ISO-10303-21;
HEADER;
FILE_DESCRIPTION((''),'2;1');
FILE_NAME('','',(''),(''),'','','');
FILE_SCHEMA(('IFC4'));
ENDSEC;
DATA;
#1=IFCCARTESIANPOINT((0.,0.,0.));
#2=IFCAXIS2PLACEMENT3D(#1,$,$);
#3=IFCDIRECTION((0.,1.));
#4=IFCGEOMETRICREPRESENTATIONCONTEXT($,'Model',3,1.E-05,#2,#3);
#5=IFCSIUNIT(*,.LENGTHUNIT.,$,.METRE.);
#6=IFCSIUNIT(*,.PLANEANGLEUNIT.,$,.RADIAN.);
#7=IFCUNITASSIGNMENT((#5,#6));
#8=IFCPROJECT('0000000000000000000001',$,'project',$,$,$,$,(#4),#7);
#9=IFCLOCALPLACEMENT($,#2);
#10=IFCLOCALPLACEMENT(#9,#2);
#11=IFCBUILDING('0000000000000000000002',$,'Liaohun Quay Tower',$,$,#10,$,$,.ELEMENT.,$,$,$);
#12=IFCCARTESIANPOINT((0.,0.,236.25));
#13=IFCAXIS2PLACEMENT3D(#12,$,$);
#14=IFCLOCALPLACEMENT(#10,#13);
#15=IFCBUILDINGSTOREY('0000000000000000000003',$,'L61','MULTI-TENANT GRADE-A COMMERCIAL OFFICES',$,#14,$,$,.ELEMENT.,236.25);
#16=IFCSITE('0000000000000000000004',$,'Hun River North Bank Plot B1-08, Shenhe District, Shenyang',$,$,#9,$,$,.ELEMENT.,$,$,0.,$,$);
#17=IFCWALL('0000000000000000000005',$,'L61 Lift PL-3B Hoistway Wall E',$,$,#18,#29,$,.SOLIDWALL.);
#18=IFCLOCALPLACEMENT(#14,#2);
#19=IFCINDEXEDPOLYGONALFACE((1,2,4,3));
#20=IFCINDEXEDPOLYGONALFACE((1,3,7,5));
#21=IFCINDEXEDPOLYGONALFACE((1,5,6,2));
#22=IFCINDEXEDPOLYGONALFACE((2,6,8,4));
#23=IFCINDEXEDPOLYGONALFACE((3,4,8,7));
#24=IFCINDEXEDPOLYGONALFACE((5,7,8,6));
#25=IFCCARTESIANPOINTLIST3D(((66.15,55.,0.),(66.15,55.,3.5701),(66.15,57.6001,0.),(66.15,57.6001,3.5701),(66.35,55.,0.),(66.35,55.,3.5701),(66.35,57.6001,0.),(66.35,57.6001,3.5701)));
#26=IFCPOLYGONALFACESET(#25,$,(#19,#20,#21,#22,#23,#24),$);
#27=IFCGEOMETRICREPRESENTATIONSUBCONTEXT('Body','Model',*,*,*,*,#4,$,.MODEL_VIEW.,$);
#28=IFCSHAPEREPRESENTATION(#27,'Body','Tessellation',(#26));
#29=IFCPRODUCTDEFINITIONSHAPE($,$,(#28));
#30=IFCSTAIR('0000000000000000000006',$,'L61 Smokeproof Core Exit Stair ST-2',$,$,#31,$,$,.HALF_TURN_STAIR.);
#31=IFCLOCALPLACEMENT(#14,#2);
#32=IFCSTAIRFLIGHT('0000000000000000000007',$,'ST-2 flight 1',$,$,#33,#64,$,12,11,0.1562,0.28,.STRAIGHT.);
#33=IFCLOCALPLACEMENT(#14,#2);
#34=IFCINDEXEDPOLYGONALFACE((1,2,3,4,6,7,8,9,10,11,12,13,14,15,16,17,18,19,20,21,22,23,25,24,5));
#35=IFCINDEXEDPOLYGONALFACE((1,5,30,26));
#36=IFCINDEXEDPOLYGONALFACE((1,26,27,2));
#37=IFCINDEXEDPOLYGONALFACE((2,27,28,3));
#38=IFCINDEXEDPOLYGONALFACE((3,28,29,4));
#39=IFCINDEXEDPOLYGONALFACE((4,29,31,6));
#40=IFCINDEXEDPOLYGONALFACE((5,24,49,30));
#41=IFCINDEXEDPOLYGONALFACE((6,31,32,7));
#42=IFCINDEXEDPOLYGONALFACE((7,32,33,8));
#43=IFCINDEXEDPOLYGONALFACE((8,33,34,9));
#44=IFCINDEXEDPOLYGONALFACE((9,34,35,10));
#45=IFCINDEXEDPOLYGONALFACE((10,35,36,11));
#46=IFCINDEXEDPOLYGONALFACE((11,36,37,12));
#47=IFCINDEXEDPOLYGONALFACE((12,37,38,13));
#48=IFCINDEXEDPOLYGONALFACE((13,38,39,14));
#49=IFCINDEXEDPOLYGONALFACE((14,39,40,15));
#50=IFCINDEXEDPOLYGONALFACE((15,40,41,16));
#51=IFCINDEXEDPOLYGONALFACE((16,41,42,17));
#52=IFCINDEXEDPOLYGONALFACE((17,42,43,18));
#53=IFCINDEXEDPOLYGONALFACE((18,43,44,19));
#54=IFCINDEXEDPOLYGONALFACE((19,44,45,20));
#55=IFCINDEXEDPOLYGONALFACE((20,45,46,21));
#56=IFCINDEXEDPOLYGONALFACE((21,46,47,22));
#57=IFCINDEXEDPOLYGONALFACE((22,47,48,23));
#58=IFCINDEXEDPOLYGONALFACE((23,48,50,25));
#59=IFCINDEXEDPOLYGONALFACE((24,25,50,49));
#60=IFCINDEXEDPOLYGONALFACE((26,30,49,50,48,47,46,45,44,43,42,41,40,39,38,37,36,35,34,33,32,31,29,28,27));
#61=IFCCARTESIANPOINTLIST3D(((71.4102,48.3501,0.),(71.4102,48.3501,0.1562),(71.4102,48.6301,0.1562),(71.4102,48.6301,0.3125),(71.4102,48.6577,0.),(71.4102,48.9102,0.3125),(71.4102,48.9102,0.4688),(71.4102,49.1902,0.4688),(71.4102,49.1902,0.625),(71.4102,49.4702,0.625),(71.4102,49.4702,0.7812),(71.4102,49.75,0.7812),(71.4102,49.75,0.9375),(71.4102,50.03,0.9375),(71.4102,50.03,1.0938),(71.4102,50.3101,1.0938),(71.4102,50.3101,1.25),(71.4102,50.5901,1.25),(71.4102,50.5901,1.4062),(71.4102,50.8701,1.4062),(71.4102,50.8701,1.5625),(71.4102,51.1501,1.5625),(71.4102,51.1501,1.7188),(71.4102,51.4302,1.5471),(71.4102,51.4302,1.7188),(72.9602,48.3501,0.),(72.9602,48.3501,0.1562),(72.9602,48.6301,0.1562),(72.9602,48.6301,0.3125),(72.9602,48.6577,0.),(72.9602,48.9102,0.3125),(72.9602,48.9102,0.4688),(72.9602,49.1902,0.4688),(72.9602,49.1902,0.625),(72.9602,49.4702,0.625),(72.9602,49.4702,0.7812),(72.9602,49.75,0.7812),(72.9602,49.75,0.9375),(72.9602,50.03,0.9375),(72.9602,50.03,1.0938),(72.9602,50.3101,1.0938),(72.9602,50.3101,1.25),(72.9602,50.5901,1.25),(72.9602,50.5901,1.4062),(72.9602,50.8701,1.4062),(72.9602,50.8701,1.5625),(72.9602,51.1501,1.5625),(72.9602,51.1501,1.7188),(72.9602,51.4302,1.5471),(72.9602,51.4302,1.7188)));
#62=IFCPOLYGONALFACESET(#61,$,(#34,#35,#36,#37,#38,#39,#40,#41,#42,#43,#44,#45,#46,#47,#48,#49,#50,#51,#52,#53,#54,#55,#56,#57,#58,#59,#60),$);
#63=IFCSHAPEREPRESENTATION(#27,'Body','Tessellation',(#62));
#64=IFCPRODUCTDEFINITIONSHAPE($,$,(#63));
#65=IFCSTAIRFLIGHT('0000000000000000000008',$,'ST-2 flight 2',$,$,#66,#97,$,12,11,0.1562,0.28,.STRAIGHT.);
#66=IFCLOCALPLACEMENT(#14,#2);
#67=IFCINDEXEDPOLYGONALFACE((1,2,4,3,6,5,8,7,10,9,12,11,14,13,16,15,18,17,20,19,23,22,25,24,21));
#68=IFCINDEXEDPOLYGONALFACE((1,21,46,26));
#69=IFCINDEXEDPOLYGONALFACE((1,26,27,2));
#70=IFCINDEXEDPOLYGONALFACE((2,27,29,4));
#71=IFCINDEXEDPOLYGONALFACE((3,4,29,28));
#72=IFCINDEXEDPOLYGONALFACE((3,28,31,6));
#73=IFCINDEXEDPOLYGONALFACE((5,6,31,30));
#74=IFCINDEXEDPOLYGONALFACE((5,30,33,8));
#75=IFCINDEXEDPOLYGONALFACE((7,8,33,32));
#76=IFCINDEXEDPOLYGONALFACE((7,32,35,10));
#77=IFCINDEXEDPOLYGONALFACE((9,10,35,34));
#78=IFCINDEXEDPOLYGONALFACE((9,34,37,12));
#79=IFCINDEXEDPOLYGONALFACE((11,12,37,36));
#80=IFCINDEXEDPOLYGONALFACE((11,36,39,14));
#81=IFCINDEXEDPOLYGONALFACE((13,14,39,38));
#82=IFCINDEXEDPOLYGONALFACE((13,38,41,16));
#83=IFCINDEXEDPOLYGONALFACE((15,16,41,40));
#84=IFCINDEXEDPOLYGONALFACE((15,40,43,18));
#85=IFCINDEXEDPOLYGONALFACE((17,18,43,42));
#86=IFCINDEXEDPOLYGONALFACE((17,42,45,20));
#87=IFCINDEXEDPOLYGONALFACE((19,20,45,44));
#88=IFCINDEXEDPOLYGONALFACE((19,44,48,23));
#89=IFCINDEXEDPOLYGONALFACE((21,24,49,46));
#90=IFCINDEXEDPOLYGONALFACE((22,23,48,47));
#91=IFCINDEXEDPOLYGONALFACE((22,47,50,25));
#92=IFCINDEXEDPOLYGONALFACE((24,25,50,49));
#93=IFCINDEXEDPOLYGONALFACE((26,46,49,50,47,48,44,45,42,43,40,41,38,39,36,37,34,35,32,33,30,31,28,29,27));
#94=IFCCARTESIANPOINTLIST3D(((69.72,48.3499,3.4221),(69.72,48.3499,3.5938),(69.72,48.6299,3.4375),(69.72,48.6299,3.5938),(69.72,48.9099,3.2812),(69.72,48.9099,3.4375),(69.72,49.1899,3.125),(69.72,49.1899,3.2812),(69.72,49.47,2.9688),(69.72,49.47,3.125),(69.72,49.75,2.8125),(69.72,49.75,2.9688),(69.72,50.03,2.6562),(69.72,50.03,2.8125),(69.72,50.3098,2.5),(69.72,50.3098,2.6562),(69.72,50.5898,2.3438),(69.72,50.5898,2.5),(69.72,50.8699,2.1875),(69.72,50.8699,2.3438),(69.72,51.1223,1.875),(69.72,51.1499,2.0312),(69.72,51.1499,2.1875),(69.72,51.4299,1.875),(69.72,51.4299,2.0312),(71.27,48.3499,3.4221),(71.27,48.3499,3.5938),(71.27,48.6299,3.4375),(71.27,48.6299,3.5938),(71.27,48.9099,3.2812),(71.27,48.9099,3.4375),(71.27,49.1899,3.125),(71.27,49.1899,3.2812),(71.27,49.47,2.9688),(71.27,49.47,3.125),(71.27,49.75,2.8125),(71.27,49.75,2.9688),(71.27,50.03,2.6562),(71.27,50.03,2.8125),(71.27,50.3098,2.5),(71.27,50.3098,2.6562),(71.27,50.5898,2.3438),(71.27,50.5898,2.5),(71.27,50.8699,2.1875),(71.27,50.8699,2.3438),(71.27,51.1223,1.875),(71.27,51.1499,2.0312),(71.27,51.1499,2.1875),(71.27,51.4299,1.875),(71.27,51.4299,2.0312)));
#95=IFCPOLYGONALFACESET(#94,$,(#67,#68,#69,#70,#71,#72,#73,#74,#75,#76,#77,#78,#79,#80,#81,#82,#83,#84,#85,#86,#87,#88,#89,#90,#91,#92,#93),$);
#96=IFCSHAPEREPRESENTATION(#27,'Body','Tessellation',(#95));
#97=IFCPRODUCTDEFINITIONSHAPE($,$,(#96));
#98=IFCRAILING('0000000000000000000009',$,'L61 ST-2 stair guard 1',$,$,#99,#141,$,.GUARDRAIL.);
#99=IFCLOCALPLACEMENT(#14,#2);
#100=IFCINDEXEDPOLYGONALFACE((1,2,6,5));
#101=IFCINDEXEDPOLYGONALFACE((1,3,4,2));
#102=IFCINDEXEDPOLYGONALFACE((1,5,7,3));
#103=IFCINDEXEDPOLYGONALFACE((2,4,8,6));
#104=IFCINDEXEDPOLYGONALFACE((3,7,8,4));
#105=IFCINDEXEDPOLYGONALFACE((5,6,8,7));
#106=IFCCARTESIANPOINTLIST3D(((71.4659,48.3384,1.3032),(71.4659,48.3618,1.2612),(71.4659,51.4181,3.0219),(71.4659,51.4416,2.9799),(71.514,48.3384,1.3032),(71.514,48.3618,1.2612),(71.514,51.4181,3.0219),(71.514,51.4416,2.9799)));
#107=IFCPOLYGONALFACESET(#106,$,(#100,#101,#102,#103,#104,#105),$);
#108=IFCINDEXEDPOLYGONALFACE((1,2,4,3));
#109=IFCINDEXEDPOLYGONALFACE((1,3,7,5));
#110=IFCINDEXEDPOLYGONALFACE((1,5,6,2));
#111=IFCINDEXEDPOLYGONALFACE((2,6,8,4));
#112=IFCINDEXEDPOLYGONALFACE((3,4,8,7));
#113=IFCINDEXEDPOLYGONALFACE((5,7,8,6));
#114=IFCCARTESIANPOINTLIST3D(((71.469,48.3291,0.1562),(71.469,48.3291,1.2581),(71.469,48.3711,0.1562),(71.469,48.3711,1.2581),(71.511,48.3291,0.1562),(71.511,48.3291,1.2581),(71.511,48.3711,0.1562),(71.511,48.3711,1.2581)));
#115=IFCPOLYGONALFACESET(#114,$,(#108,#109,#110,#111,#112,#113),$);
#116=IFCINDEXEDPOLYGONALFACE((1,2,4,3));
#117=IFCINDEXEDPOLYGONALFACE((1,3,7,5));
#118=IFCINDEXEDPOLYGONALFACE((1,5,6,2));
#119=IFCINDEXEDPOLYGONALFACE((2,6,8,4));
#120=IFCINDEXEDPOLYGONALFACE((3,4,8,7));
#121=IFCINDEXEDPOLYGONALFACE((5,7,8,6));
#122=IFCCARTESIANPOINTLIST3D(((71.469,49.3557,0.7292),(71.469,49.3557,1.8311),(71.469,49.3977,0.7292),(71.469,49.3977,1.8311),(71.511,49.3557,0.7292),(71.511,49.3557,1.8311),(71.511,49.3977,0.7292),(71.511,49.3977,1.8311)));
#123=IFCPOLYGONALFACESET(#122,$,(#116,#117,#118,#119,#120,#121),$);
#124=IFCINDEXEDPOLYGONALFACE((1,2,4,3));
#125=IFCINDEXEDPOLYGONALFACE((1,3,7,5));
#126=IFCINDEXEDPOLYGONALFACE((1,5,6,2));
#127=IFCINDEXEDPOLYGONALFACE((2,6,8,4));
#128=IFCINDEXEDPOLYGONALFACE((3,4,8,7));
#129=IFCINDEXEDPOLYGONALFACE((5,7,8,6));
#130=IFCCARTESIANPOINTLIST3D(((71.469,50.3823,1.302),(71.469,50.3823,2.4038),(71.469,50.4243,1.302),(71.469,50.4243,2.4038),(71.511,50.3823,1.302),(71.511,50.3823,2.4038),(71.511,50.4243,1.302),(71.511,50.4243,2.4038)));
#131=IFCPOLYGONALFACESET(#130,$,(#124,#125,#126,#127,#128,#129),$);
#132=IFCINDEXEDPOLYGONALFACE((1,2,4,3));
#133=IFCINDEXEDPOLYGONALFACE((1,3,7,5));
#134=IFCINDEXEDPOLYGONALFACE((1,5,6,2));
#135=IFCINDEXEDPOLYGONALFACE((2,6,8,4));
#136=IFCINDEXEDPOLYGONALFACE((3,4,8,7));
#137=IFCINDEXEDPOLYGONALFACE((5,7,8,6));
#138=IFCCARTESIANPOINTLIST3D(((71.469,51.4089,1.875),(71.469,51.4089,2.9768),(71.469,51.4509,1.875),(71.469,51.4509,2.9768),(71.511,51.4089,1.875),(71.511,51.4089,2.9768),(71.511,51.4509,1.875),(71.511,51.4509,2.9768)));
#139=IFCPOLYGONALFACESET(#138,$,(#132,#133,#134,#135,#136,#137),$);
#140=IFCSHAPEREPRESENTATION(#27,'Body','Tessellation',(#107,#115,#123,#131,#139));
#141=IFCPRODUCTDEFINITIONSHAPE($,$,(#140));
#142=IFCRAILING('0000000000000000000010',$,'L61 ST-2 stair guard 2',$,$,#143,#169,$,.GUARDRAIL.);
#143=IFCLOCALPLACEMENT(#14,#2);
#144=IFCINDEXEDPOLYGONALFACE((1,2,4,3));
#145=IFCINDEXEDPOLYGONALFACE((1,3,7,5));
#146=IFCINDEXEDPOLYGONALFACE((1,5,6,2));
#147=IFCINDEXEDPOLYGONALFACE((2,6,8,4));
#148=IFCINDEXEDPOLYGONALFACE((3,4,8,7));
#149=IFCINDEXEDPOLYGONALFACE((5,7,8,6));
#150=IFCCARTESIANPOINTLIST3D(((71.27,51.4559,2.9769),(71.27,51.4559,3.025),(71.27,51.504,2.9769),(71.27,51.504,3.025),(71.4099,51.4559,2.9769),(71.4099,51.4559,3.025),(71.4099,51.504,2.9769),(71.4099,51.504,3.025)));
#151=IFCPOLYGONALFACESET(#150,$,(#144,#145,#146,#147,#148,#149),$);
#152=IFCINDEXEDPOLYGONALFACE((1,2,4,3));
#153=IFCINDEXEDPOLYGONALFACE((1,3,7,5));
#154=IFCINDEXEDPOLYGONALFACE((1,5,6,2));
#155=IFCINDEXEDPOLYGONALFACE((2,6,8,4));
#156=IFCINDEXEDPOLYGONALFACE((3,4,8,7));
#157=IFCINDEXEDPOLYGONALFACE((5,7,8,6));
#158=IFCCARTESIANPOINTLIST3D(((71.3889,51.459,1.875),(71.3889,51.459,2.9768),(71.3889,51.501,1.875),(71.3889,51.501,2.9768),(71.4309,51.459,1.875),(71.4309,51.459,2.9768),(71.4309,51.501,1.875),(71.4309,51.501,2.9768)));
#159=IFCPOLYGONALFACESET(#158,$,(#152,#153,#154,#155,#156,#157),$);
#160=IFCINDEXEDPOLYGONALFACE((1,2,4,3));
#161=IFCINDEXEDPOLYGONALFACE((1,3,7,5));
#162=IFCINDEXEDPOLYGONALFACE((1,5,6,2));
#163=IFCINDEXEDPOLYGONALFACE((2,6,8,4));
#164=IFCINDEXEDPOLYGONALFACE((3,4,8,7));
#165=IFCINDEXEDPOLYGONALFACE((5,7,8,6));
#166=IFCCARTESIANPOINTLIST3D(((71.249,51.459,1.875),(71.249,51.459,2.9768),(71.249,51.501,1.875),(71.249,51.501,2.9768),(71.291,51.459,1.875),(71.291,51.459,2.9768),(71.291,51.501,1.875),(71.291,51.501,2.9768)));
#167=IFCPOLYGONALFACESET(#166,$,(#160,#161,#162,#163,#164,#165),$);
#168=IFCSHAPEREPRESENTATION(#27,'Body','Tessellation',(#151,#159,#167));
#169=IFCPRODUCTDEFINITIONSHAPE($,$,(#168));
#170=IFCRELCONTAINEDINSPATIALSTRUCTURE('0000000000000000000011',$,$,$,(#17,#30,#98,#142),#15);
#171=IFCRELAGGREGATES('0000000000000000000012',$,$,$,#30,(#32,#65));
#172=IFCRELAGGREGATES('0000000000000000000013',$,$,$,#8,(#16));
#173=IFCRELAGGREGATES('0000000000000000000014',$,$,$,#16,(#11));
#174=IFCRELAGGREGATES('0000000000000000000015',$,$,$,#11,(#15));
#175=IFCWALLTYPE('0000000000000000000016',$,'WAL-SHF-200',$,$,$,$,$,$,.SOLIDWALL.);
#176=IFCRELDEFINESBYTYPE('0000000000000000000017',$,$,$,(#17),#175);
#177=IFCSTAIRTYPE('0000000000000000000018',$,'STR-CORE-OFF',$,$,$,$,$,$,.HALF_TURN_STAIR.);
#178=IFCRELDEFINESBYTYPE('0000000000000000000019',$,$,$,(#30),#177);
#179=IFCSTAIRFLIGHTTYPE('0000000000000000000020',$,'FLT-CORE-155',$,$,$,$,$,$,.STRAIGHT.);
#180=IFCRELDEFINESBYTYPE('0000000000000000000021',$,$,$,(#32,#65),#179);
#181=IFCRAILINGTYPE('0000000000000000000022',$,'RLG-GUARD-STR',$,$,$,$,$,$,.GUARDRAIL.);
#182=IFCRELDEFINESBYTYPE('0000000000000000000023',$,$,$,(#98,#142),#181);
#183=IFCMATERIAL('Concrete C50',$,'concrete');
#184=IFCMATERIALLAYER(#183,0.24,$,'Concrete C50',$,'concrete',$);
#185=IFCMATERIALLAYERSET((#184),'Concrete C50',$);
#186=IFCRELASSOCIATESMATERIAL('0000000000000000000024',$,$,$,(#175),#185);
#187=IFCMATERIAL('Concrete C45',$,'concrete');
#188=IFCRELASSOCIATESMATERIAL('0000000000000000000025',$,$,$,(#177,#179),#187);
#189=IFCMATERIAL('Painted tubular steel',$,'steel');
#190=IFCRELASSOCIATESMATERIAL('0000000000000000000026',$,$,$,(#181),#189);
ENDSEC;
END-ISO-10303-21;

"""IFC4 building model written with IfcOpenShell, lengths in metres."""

from ifc_helpers import new_model, si_unit, direction, frame, frame_2d, origin, origin_2d, place, context, subcontext, project, spatial, polyline, rectangle, outline, extrude, material, layer, layer_set, type_object, element, aggregate, save


model = new_model("IFC4")

# Units and contexts
model_context = context("Model", 3, precision=1e-05, world=origin(), true_north=direction((0.0, 1.0)))
body_context = subcontext(model_context, "Body", "Model", "MODEL_VIEW")
ifc_project = project(units=[si_unit("LENGTHUNIT", "METRE"), si_unit("PLANEANGLEUNIT", "RADIAN")], contexts=[model_context])

# Site, building, storey
site_placement = place(None, origin())
site = spatial("IfcSite", under=ifc_project, at=site_placement, Name="Hun River North Bank Plot B1-08, Shenhe District, Shenyang", CompositionType="ELEMENT", RefElevation=0.0)
building_placement = place(site_placement, origin())
building = spatial("IfcBuilding", under=site, at=building_placement, Name="Liaohun Quay Tower", CompositionType="ELEMENT")
storey_placement = place(building_placement, frame((0.0, 0.0, 236.25)))
storey = spatial("IfcBuildingStorey", under=building, at=storey_placement, Name="L61", Description="MULTI-TENANT GRADE-A COMMERCIAL OFFICES", CompositionType="ELEMENT", Elevation=236.25)

# Shared definitions
ifc_material_1 = material(Name="Concrete C50", Category="concrete")
ifc_layer_1 = layer(ifc_material_1, 0.24, Name="Concrete C50", Category="concrete")
ifc_layer_set_1 = layer_set([ifc_layer_1], Name="Concrete C50")
wall_type_1 = type_object("IfcWallType", Name="WAL-SHF-200", PredefinedType="SOLIDWALL", material=ifc_layer_set_1)

# Wall
wall_1_placement = place(storey_placement, frame((66.25, 55.0, 0.0), z_axis=(0.0, 0.0, 1.0), x_axis=(0.0, 1.0, 0.0)))
element("IfcWall", 1, at=wall_1_placement, inside=storey, type_object=wall_type_1, Name="L61 Lift PL-3B Hoistway Wall E", PredefinedType="SOLIDWALL", context=body_context, shape_type="SweptSolid", body=[
    extrude(rectangle(XDim=2.6001, YDim=0.2, at=frame_2d((1.3, 0.0))), origin(), (0.0, 0.0, 1.0), 3.5701),
])

# Stair, stair flights
ifc_material_2 = material(Name="Concrete C45", Category="concrete")
stair_type = type_object("IfcStairType", Name="STR-CORE-OFF", PredefinedType="HALF_TURN_STAIR", material=ifc_material_2)
stair_placement = place(storey_placement, origin())
stair = element("IfcStair", 2, at=stair_placement, inside=storey, type_object=stair_type, Name="L61 Smokeproof Core Exit Stair ST-2", PredefinedType="HALF_TURN_STAIR")
stair_flight_type = type_object("IfcStairFlightType", Name="FLT-CORE-155", PredefinedType="STRAIGHT", material=ifc_material_2)
stair_flight_1_placement = place(storey_placement, frame((72.1851, 48.3501, 0.0), z_axis=(0.0, 0.0, 1.0), x_axis=(0.0, 1.0, 0.0)))
stair_flight_1 = element("IfcStairFlight", 3, at=stair_flight_1_placement, type_object=stair_flight_type, Name="ST-2 flight 1", NumberOfRisers=12, NumberOfTreads=11, PredefinedType="STRAIGHT", RiserHeight=0.1562, TreadLength=0.28, context=body_context, shape_type="SweptSolid", body=[
    extrude(outline(polyline([(0.0, 0.0), (0.0, 0.1562), (0.28, 0.1562), (0.28, 0.3125), (0.5601, 0.3125), (0.5601, 0.4688), (0.8401, 0.4688), (0.8401, 0.625), (1.1201, 0.625), (1.1201, 0.7812), (1.3999, 0.7812), (1.3999, 0.9375), (1.6799, 0.9375), (1.6799, 1.0938), (1.96, 1.0938), (1.96, 1.25), (2.24, 1.25), (2.24, 1.4062), (2.52, 1.4062), (2.52, 1.5625), (2.8, 1.5625), (2.8, 1.7188), (3.0801, 1.7188), (3.0801, 1.875), (3.0801, 1.5471), (0.3076, 0.0), (0.0, 0.0)])), frame((0.0, 0.7749, 0.0), z_axis=(0.0, -1.0, 0.0), x_axis=(1.0, 0.0, 0.0)), (0.0, 0.0, 1.0), 1.55),
])
stair_flight_2_placement = place(storey_placement, frame((70.4951, 51.4299, 1.875), z_axis=(0.0, 0.0, 1.0), x_axis=(0.0, -1.0, 0.0)))
stair_flight_2 = element("IfcStairFlight", 4, at=stair_flight_2_placement, type_object=stair_flight_type, Name="ST-2 flight 2", NumberOfRisers=12, NumberOfTreads=11, PredefinedType="STRAIGHT", RiserHeight=0.1562, TreadLength=0.28, context=body_context, shape_type="SweptSolid", body=[
    extrude(outline(polyline([(0.0, 0.0), (0.0, 0.1562), (0.28, 0.1562), (0.28, 0.3125), (0.5601, 0.3125), (0.5601, 0.4688), (0.8401, 0.4688), (0.8401, 0.625), (1.1201, 0.625), (1.1201, 0.7812), (1.3999, 0.7812), (1.3999, 0.9375), (1.6799, 0.9375), (1.6799, 1.0938), (1.96, 1.0938), (1.96, 1.25), (2.24, 1.25), (2.24, 1.4062), (2.52, 1.4062), (2.52, 1.5625), (2.8, 1.5625), (2.8, 1.7188), (3.0801, 1.7188), (3.0801, 1.875), (3.0801, 1.5471), (0.3076, 0.0), (0.0, 0.0)])), frame((0.0, 0.7749, 0.0), z_axis=(0.0, -1.0, 0.0), x_axis=(1.0, 0.0, 0.0)), (0.0, 0.0, 1.0), 1.55),
])
aggregate(stair, [stair_flight_1, stair_flight_2])

# Railings
ifc_material_3 = material(Name="Painted tubular steel", Category="steel")
railing_type_1 = type_object("IfcRailingType", Name="RLG-GUARD-STR", PredefinedType="GUARDRAIL", material=ifc_material_3)
railing_1_placement = place(storey_placement, frame((71.49, 48.3501, 0.1562)))
element("IfcRailing", 5, at=railing_1_placement, inside=storey, type_object=railing_type_1, Name="L61 ST-2 stair guard 1", PredefinedType="GUARDRAIL", context=body_context, shape_type="SweptSolid", body=[
    extrude(rectangle(XDim=0.0481, YDim=0.0481, at=origin_2d()), frame((0.0, 0.0, 1.126), z_axis=(0.0, 0.873225, 0.487317), x_axis=(-1.0, 0.0, 0.0)), (0.0, 0.0, 1.0), 3.5269),
    extrude(rectangle(XDim=0.042, YDim=0.042, at=origin_2d()), origin(), (0.0, 0.0, 1.0), 1.1018),
    extrude(rectangle(XDim=0.042, YDim=0.042, at=origin_2d()), frame((0.0, 1.0266, 0.573)), (0.0, 0.0, 1.0), 1.1018),
    extrude(rectangle(XDim=0.042, YDim=0.042, at=origin_2d()), frame((0.0, 2.0532, 1.1458)), (0.0, 0.0, 1.0), 1.1018),
    extrude(rectangle(XDim=0.042, YDim=0.042, at=origin_2d()), frame((0.0, 3.0798, 1.7188)), (0.0, 0.0, 1.0), 1.1018),
])
railing_2_placement = place(storey_placement, frame((71.4099, 51.48, 1.875)))
element("IfcRailing", 6, at=railing_2_placement, inside=storey, type_object=railing_type_1, Name="L61 ST-2 stair guard 2", PredefinedType="GUARDRAIL", context=body_context, shape_type="SweptSolid", body=[
    extrude(rectangle(XDim=0.0481, YDim=0.0481, at=origin_2d()), frame((0.0, 0.0, 1.126), z_axis=(-1.0, 0.0, 0.0), x_axis=(0.0, -1.0, 0.0)), (0.0, 0.0, 1.0), 0.1399),
    extrude(rectangle(XDim=0.042, YDim=0.042, at=origin_2d()), origin(), (0.0, 0.0, 1.0), 1.1018),
    extrude(rectangle(XDim=0.042, YDim=0.042, at=origin_2d()), frame((-0.1399, 0.0, 0.0)), (0.0, 0.0, 1.0), 1.1018),
])

save(model, "model.ifc")
